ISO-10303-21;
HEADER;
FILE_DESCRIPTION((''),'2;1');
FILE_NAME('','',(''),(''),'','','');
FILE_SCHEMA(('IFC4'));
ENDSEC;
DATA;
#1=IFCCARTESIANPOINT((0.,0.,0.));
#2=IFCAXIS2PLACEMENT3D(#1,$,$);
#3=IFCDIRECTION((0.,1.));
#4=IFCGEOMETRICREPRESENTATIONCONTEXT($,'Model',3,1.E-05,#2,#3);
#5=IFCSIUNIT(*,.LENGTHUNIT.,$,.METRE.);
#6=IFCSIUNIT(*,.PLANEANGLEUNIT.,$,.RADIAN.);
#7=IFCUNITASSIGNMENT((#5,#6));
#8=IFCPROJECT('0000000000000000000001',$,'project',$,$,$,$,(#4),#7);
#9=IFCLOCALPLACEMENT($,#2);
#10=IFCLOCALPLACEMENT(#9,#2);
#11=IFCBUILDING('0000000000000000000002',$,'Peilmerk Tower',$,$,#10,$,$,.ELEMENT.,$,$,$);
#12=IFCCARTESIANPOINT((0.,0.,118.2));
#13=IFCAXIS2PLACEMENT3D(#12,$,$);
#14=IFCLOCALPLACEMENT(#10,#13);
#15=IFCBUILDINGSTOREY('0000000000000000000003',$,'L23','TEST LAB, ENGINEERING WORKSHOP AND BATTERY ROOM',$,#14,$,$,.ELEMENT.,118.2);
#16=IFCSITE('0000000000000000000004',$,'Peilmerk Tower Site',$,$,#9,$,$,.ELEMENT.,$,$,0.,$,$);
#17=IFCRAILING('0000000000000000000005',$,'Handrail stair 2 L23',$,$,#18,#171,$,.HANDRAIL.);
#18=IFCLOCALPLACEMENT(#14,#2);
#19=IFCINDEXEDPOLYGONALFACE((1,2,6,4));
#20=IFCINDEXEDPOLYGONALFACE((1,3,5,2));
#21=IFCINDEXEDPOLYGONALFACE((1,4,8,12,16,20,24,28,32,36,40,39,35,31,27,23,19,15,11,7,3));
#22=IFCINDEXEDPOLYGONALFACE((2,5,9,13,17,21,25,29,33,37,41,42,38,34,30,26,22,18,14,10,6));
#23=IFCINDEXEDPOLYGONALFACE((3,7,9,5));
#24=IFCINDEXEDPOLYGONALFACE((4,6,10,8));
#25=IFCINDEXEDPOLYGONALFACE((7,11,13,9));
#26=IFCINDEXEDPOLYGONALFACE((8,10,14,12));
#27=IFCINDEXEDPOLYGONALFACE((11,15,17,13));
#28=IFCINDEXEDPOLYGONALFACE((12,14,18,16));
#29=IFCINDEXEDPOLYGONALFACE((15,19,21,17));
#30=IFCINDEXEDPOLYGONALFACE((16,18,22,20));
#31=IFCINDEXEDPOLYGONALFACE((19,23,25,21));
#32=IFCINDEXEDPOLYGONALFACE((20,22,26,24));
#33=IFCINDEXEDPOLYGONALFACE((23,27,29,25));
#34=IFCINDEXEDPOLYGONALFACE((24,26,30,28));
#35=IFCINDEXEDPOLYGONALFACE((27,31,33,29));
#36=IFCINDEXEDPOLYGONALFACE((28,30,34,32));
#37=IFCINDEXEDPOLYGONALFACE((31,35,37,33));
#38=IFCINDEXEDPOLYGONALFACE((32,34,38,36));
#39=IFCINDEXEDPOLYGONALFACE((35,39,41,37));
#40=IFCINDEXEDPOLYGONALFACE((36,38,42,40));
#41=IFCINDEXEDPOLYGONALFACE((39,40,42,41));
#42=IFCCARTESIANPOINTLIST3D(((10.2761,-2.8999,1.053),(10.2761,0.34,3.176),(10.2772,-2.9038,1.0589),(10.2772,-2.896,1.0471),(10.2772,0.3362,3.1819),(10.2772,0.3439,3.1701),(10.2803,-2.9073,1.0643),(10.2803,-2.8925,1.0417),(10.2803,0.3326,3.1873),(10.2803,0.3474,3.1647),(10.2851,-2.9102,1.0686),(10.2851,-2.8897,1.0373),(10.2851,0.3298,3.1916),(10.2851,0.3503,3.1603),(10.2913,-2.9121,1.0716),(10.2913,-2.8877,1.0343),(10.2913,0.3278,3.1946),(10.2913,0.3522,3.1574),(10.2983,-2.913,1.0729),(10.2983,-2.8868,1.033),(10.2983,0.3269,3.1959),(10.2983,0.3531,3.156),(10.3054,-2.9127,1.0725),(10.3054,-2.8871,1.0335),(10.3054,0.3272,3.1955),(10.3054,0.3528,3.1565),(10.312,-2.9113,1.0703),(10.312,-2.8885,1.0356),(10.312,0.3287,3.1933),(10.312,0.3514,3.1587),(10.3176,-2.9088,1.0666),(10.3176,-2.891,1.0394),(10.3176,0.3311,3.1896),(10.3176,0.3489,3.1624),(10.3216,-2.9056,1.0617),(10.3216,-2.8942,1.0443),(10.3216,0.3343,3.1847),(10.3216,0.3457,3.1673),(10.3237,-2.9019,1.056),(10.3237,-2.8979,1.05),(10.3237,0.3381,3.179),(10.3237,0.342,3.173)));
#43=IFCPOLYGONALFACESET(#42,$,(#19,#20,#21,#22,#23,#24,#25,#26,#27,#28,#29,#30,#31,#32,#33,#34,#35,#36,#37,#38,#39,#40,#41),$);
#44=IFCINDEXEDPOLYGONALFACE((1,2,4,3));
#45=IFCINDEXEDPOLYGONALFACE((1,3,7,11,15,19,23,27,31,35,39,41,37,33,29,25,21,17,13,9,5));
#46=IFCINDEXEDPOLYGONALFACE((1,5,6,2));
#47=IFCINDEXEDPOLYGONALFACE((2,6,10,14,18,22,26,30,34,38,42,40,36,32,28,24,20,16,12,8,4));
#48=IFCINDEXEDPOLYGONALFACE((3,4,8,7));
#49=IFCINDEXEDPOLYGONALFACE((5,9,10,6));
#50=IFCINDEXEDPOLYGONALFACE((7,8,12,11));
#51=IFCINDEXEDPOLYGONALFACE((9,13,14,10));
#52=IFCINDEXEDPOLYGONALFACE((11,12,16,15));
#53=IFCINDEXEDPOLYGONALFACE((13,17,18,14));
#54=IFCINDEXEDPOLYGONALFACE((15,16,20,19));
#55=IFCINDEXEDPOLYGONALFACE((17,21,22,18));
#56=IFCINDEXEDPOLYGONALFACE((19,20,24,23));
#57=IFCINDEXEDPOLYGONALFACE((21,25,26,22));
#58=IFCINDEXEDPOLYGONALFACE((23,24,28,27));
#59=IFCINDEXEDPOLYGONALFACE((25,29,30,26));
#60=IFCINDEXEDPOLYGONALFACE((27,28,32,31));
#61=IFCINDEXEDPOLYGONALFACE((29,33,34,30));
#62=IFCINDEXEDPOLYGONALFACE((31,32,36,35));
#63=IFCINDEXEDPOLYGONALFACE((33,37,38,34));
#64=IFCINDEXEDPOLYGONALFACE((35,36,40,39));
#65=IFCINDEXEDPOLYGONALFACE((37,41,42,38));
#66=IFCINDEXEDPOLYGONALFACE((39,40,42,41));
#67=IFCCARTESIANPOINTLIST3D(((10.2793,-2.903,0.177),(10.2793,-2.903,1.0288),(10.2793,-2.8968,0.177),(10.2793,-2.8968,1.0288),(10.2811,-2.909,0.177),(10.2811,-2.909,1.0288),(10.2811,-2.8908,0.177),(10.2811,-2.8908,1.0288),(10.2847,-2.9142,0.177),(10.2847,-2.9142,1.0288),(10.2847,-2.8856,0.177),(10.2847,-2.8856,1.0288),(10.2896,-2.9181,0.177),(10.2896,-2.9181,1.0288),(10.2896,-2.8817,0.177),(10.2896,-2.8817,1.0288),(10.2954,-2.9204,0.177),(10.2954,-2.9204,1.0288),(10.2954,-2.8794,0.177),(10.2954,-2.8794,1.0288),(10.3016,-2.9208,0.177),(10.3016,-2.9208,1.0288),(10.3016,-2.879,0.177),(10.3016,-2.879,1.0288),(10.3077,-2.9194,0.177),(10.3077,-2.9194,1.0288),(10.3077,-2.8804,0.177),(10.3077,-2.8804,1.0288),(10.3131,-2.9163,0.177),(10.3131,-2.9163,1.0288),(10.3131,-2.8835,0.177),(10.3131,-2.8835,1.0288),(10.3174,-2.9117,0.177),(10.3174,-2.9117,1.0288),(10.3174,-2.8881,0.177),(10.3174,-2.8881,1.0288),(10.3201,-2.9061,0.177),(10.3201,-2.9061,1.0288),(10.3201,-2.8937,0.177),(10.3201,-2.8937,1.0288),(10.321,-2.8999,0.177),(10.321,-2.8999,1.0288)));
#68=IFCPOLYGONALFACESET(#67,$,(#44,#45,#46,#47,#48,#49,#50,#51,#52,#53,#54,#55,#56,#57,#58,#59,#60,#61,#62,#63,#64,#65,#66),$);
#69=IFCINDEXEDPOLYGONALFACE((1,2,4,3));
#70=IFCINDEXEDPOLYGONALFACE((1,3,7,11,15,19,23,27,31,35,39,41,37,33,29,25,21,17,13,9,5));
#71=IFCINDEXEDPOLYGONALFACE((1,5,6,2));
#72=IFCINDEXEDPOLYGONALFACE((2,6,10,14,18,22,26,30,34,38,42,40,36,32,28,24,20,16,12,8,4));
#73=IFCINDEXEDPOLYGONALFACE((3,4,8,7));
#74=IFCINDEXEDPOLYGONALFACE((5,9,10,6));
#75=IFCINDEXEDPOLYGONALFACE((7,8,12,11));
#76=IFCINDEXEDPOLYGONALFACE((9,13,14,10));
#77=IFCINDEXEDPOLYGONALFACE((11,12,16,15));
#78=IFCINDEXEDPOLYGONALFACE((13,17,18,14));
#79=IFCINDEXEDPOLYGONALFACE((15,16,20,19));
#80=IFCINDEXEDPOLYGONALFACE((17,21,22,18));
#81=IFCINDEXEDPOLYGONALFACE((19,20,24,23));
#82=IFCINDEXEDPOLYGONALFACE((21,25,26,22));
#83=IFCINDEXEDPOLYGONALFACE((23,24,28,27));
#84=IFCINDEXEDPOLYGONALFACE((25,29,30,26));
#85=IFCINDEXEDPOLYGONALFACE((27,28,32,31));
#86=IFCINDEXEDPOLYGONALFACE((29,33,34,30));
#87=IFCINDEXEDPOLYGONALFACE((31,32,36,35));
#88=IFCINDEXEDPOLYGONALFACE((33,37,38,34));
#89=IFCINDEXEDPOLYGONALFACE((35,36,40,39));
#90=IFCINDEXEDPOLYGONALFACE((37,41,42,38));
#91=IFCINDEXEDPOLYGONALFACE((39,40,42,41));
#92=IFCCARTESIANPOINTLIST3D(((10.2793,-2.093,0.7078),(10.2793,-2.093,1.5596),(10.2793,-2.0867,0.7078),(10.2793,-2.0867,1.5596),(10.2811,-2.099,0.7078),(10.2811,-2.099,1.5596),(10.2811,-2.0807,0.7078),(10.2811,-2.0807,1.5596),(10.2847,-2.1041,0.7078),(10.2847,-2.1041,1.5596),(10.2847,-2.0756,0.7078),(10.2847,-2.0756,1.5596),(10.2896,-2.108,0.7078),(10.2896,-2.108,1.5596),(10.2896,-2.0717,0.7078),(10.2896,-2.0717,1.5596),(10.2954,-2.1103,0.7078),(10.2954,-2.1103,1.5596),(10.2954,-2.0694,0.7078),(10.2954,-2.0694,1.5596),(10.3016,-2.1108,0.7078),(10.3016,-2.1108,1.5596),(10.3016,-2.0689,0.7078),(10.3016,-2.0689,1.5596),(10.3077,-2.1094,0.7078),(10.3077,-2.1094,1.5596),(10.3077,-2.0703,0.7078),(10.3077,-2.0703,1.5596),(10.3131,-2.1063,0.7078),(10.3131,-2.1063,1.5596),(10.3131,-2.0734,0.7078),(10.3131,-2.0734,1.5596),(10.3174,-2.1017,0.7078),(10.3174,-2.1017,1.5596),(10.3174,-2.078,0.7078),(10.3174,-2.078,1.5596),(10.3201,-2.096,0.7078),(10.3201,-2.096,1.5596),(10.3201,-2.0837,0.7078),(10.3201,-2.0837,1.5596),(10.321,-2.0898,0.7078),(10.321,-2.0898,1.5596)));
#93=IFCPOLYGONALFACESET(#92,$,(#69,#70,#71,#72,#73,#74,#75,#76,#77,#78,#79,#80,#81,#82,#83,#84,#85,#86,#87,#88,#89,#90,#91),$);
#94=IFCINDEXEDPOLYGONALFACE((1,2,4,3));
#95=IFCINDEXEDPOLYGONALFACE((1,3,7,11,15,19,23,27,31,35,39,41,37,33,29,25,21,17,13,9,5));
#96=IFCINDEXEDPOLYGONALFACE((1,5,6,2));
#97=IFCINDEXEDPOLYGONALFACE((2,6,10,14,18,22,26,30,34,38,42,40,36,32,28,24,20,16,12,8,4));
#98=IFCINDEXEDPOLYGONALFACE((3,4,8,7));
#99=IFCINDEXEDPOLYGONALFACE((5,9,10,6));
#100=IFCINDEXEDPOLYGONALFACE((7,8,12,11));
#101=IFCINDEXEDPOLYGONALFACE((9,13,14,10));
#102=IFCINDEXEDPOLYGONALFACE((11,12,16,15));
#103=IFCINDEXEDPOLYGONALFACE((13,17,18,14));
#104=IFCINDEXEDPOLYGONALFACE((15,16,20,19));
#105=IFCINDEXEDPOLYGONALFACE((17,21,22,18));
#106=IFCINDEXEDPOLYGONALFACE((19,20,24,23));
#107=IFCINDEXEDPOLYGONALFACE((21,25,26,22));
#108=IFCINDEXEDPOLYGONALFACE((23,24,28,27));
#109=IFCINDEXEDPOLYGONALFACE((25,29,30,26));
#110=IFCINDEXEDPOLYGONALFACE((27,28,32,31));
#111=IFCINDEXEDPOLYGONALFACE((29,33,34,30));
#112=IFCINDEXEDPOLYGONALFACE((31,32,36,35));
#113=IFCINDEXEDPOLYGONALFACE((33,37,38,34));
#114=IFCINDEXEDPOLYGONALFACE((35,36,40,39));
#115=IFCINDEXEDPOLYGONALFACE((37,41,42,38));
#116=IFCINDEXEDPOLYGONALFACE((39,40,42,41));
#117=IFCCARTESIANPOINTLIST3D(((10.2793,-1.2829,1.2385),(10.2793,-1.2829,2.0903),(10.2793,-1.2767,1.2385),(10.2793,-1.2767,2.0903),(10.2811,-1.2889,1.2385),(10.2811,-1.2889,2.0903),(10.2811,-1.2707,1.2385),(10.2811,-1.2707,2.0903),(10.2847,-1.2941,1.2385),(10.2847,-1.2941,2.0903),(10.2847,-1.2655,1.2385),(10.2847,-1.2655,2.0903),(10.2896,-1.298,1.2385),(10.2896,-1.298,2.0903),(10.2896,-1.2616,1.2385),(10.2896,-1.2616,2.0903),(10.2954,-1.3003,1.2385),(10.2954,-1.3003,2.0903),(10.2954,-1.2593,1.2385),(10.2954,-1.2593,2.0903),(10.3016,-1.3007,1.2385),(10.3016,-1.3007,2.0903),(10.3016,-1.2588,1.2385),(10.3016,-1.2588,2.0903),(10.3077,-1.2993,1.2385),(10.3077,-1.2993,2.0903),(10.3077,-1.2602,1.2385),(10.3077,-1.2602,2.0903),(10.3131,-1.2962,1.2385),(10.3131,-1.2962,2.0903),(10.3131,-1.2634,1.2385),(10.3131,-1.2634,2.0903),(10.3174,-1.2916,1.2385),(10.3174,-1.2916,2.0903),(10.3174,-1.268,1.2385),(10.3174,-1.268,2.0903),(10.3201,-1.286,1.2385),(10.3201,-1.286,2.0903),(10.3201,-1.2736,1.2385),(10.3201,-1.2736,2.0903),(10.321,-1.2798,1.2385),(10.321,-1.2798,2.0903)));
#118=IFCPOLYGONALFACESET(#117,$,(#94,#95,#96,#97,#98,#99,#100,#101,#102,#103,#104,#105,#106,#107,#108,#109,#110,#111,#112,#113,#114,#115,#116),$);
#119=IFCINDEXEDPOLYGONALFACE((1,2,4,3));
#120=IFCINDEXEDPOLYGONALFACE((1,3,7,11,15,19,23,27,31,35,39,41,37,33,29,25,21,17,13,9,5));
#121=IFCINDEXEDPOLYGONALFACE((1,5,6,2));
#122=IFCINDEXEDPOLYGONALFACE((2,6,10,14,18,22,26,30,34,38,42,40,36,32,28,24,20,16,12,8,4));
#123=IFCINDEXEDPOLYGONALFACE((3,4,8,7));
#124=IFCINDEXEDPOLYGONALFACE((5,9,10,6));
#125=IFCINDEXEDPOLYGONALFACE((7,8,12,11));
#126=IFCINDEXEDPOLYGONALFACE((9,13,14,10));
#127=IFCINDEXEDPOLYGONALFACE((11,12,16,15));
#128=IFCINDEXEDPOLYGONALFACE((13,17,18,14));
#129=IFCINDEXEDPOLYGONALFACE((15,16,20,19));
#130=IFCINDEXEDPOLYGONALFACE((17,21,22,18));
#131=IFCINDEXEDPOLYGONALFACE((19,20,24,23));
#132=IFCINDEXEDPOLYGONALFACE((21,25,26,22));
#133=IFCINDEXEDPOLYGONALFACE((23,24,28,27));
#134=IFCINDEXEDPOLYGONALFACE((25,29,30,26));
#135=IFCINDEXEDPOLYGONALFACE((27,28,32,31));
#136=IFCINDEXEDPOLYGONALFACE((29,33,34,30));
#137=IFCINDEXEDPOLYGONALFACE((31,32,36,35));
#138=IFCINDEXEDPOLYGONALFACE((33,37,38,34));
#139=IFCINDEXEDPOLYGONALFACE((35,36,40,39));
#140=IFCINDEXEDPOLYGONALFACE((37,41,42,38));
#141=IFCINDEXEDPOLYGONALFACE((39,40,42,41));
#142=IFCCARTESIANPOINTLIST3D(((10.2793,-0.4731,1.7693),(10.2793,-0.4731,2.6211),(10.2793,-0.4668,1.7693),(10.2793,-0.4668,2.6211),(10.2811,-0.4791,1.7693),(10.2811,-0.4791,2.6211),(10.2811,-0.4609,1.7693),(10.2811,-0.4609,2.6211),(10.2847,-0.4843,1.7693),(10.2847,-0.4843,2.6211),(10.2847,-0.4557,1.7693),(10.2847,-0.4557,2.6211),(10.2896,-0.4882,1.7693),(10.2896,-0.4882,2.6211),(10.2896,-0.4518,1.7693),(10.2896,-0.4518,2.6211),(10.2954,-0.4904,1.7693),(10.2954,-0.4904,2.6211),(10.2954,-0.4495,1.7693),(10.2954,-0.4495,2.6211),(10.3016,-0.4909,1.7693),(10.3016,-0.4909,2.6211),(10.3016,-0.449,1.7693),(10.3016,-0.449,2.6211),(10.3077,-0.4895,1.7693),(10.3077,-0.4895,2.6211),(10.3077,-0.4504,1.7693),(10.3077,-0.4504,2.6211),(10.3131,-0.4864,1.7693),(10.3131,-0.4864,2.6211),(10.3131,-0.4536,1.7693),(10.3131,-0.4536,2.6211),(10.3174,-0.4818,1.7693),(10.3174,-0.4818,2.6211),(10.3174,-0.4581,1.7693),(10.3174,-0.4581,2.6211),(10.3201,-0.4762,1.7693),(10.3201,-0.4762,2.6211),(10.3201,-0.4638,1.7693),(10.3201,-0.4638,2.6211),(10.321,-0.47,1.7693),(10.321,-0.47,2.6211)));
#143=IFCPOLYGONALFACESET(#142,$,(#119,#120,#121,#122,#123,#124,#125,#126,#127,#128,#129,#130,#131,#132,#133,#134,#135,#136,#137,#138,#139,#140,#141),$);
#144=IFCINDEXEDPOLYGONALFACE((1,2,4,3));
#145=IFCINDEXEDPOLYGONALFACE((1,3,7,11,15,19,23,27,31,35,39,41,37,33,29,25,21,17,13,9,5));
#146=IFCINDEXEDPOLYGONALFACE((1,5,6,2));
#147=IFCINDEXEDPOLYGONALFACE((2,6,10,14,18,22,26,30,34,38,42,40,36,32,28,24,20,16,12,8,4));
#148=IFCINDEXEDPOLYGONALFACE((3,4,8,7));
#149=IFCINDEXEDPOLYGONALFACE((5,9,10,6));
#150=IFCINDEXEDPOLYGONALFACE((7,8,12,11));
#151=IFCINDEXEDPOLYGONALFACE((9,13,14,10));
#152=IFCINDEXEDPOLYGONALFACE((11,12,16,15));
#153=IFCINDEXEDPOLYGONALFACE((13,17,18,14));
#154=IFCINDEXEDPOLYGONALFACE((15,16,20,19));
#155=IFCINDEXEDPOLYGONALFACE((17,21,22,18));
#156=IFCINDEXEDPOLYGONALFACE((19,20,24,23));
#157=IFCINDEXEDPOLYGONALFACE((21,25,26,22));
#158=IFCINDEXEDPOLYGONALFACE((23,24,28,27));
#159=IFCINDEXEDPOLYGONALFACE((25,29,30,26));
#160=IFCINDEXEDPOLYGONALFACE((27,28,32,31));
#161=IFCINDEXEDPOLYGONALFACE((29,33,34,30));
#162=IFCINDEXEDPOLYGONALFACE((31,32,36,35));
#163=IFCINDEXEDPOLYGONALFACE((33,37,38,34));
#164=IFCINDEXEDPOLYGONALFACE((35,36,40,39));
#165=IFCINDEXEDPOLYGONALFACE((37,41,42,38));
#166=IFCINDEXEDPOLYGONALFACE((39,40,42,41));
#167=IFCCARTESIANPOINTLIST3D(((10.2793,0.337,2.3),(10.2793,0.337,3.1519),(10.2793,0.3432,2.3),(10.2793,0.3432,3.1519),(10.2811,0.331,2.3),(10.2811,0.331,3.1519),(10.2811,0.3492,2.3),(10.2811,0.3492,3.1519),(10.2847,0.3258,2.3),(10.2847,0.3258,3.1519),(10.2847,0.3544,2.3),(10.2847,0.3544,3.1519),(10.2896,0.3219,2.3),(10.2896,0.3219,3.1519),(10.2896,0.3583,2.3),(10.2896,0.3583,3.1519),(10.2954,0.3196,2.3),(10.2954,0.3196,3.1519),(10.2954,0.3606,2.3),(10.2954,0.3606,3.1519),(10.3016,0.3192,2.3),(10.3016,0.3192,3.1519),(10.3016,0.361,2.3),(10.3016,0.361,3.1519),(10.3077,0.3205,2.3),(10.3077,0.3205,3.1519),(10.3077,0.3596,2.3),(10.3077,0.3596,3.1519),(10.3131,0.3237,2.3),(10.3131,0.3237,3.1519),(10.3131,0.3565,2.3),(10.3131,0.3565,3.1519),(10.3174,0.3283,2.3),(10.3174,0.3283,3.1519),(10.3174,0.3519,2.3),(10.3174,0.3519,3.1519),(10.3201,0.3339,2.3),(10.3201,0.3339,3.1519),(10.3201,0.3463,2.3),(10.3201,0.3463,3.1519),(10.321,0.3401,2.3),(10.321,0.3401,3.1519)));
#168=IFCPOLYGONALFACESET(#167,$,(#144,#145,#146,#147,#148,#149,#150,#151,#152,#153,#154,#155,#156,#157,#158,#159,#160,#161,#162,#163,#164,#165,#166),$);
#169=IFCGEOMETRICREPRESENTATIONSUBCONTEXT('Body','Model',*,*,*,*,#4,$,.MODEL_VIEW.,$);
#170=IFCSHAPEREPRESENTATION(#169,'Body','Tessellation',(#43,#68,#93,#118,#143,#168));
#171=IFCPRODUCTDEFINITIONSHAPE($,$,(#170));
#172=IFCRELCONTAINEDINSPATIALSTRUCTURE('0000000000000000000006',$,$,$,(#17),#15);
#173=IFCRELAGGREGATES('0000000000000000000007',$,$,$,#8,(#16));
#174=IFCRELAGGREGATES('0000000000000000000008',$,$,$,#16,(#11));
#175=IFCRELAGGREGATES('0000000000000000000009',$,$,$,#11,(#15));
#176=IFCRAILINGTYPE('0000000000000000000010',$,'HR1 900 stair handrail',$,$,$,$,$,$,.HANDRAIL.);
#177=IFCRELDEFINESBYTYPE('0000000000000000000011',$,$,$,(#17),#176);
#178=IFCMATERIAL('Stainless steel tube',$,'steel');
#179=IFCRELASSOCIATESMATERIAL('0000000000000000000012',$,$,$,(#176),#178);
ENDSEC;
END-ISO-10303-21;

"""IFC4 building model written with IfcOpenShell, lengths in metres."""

from ifc_helpers import new_model, si_unit, direction, frame, origin, origin_2d, place, context, subcontext, project, spatial, circle, extrude, material, type_object, element, save


model = new_model("IFC4")

# Units and contexts
model_context = context("Model", 3, precision=1e-05, world=origin(), true_north=direction((0.0, 1.0)))
body_context = subcontext(model_context, "Body", "Model", "MODEL_VIEW")
ifc_project = project(units=[si_unit("LENGTHUNIT", "METRE"), si_unit("PLANEANGLEUNIT", "RADIAN")], contexts=[model_context])

# Site, building, storey
site_placement = place(None, origin())
site = spatial("IfcSite", under=ifc_project, at=site_placement, Name="Peilmerk Tower Site", CompositionType="ELEMENT", RefElevation=0.0)
building_placement = place(site_placement, origin())
building = spatial("IfcBuilding", under=site, at=building_placement, Name="Peilmerk Tower", CompositionType="ELEMENT")
storey_placement = place(building_placement, frame((0.0, 0.0, 118.2)))
storey = spatial("IfcBuildingStorey", under=building, at=storey_placement, Name="L23", Description="TEST LAB, ENGINEERING WORKSHOP AND BATTERY ROOM", CompositionType="ELEMENT", Elevation=118.2)

# Railing
ifc_material_1 = material(Name="Stainless steel tube", Category="steel")
railing_type = type_object("IfcRailingType", Name="HR1 900 stair handrail", PredefinedType="HANDRAIL", material=ifc_material_1)
railing_placement = place(storey_placement, frame((10.3, -2.8999, 0.177)))
element("IfcRailing", 1, at=railing_placement, inside=storey, type_object=railing_type, Name="Handrail stair 2 L23", PredefinedType="HANDRAIL", context=body_context, shape_type="SweptSolid", body=[
    extrude(circle(Radius=0.0239, at=origin_2d()), frame((0.0, 0.0, 0.876), z_axis=(0.0, 0.836426, 0.548079), x_axis=(-1.0, 0.0, 0.0)), (0.0, 0.0, 1.0), 3.8735),
    extrude(circle(Radius=0.021, at=origin_2d()), origin(), (0.0, 0.0, 1.0), 0.8518),
    extrude(circle(Radius=0.021, at=origin_2d()), frame((0.0, 0.8101, 0.5308)), (0.0, 0.0, 1.0), 0.8518),
    extrude(circle(Radius=0.021, at=origin_2d()), frame((0.0, 1.6201, 1.0615)), (0.0, 0.0, 1.0), 0.8518),
    extrude(circle(Radius=0.021, at=origin_2d()), frame((0.0, 2.4299, 1.5923)), (0.0, 0.0, 1.0), 0.8518),
    extrude(circle(Radius=0.021, at=origin_2d()), frame((0.0, 3.24, 2.123)), (0.0, 0.0, 1.0), 0.8518),
])

save(model, "model.ifc")
